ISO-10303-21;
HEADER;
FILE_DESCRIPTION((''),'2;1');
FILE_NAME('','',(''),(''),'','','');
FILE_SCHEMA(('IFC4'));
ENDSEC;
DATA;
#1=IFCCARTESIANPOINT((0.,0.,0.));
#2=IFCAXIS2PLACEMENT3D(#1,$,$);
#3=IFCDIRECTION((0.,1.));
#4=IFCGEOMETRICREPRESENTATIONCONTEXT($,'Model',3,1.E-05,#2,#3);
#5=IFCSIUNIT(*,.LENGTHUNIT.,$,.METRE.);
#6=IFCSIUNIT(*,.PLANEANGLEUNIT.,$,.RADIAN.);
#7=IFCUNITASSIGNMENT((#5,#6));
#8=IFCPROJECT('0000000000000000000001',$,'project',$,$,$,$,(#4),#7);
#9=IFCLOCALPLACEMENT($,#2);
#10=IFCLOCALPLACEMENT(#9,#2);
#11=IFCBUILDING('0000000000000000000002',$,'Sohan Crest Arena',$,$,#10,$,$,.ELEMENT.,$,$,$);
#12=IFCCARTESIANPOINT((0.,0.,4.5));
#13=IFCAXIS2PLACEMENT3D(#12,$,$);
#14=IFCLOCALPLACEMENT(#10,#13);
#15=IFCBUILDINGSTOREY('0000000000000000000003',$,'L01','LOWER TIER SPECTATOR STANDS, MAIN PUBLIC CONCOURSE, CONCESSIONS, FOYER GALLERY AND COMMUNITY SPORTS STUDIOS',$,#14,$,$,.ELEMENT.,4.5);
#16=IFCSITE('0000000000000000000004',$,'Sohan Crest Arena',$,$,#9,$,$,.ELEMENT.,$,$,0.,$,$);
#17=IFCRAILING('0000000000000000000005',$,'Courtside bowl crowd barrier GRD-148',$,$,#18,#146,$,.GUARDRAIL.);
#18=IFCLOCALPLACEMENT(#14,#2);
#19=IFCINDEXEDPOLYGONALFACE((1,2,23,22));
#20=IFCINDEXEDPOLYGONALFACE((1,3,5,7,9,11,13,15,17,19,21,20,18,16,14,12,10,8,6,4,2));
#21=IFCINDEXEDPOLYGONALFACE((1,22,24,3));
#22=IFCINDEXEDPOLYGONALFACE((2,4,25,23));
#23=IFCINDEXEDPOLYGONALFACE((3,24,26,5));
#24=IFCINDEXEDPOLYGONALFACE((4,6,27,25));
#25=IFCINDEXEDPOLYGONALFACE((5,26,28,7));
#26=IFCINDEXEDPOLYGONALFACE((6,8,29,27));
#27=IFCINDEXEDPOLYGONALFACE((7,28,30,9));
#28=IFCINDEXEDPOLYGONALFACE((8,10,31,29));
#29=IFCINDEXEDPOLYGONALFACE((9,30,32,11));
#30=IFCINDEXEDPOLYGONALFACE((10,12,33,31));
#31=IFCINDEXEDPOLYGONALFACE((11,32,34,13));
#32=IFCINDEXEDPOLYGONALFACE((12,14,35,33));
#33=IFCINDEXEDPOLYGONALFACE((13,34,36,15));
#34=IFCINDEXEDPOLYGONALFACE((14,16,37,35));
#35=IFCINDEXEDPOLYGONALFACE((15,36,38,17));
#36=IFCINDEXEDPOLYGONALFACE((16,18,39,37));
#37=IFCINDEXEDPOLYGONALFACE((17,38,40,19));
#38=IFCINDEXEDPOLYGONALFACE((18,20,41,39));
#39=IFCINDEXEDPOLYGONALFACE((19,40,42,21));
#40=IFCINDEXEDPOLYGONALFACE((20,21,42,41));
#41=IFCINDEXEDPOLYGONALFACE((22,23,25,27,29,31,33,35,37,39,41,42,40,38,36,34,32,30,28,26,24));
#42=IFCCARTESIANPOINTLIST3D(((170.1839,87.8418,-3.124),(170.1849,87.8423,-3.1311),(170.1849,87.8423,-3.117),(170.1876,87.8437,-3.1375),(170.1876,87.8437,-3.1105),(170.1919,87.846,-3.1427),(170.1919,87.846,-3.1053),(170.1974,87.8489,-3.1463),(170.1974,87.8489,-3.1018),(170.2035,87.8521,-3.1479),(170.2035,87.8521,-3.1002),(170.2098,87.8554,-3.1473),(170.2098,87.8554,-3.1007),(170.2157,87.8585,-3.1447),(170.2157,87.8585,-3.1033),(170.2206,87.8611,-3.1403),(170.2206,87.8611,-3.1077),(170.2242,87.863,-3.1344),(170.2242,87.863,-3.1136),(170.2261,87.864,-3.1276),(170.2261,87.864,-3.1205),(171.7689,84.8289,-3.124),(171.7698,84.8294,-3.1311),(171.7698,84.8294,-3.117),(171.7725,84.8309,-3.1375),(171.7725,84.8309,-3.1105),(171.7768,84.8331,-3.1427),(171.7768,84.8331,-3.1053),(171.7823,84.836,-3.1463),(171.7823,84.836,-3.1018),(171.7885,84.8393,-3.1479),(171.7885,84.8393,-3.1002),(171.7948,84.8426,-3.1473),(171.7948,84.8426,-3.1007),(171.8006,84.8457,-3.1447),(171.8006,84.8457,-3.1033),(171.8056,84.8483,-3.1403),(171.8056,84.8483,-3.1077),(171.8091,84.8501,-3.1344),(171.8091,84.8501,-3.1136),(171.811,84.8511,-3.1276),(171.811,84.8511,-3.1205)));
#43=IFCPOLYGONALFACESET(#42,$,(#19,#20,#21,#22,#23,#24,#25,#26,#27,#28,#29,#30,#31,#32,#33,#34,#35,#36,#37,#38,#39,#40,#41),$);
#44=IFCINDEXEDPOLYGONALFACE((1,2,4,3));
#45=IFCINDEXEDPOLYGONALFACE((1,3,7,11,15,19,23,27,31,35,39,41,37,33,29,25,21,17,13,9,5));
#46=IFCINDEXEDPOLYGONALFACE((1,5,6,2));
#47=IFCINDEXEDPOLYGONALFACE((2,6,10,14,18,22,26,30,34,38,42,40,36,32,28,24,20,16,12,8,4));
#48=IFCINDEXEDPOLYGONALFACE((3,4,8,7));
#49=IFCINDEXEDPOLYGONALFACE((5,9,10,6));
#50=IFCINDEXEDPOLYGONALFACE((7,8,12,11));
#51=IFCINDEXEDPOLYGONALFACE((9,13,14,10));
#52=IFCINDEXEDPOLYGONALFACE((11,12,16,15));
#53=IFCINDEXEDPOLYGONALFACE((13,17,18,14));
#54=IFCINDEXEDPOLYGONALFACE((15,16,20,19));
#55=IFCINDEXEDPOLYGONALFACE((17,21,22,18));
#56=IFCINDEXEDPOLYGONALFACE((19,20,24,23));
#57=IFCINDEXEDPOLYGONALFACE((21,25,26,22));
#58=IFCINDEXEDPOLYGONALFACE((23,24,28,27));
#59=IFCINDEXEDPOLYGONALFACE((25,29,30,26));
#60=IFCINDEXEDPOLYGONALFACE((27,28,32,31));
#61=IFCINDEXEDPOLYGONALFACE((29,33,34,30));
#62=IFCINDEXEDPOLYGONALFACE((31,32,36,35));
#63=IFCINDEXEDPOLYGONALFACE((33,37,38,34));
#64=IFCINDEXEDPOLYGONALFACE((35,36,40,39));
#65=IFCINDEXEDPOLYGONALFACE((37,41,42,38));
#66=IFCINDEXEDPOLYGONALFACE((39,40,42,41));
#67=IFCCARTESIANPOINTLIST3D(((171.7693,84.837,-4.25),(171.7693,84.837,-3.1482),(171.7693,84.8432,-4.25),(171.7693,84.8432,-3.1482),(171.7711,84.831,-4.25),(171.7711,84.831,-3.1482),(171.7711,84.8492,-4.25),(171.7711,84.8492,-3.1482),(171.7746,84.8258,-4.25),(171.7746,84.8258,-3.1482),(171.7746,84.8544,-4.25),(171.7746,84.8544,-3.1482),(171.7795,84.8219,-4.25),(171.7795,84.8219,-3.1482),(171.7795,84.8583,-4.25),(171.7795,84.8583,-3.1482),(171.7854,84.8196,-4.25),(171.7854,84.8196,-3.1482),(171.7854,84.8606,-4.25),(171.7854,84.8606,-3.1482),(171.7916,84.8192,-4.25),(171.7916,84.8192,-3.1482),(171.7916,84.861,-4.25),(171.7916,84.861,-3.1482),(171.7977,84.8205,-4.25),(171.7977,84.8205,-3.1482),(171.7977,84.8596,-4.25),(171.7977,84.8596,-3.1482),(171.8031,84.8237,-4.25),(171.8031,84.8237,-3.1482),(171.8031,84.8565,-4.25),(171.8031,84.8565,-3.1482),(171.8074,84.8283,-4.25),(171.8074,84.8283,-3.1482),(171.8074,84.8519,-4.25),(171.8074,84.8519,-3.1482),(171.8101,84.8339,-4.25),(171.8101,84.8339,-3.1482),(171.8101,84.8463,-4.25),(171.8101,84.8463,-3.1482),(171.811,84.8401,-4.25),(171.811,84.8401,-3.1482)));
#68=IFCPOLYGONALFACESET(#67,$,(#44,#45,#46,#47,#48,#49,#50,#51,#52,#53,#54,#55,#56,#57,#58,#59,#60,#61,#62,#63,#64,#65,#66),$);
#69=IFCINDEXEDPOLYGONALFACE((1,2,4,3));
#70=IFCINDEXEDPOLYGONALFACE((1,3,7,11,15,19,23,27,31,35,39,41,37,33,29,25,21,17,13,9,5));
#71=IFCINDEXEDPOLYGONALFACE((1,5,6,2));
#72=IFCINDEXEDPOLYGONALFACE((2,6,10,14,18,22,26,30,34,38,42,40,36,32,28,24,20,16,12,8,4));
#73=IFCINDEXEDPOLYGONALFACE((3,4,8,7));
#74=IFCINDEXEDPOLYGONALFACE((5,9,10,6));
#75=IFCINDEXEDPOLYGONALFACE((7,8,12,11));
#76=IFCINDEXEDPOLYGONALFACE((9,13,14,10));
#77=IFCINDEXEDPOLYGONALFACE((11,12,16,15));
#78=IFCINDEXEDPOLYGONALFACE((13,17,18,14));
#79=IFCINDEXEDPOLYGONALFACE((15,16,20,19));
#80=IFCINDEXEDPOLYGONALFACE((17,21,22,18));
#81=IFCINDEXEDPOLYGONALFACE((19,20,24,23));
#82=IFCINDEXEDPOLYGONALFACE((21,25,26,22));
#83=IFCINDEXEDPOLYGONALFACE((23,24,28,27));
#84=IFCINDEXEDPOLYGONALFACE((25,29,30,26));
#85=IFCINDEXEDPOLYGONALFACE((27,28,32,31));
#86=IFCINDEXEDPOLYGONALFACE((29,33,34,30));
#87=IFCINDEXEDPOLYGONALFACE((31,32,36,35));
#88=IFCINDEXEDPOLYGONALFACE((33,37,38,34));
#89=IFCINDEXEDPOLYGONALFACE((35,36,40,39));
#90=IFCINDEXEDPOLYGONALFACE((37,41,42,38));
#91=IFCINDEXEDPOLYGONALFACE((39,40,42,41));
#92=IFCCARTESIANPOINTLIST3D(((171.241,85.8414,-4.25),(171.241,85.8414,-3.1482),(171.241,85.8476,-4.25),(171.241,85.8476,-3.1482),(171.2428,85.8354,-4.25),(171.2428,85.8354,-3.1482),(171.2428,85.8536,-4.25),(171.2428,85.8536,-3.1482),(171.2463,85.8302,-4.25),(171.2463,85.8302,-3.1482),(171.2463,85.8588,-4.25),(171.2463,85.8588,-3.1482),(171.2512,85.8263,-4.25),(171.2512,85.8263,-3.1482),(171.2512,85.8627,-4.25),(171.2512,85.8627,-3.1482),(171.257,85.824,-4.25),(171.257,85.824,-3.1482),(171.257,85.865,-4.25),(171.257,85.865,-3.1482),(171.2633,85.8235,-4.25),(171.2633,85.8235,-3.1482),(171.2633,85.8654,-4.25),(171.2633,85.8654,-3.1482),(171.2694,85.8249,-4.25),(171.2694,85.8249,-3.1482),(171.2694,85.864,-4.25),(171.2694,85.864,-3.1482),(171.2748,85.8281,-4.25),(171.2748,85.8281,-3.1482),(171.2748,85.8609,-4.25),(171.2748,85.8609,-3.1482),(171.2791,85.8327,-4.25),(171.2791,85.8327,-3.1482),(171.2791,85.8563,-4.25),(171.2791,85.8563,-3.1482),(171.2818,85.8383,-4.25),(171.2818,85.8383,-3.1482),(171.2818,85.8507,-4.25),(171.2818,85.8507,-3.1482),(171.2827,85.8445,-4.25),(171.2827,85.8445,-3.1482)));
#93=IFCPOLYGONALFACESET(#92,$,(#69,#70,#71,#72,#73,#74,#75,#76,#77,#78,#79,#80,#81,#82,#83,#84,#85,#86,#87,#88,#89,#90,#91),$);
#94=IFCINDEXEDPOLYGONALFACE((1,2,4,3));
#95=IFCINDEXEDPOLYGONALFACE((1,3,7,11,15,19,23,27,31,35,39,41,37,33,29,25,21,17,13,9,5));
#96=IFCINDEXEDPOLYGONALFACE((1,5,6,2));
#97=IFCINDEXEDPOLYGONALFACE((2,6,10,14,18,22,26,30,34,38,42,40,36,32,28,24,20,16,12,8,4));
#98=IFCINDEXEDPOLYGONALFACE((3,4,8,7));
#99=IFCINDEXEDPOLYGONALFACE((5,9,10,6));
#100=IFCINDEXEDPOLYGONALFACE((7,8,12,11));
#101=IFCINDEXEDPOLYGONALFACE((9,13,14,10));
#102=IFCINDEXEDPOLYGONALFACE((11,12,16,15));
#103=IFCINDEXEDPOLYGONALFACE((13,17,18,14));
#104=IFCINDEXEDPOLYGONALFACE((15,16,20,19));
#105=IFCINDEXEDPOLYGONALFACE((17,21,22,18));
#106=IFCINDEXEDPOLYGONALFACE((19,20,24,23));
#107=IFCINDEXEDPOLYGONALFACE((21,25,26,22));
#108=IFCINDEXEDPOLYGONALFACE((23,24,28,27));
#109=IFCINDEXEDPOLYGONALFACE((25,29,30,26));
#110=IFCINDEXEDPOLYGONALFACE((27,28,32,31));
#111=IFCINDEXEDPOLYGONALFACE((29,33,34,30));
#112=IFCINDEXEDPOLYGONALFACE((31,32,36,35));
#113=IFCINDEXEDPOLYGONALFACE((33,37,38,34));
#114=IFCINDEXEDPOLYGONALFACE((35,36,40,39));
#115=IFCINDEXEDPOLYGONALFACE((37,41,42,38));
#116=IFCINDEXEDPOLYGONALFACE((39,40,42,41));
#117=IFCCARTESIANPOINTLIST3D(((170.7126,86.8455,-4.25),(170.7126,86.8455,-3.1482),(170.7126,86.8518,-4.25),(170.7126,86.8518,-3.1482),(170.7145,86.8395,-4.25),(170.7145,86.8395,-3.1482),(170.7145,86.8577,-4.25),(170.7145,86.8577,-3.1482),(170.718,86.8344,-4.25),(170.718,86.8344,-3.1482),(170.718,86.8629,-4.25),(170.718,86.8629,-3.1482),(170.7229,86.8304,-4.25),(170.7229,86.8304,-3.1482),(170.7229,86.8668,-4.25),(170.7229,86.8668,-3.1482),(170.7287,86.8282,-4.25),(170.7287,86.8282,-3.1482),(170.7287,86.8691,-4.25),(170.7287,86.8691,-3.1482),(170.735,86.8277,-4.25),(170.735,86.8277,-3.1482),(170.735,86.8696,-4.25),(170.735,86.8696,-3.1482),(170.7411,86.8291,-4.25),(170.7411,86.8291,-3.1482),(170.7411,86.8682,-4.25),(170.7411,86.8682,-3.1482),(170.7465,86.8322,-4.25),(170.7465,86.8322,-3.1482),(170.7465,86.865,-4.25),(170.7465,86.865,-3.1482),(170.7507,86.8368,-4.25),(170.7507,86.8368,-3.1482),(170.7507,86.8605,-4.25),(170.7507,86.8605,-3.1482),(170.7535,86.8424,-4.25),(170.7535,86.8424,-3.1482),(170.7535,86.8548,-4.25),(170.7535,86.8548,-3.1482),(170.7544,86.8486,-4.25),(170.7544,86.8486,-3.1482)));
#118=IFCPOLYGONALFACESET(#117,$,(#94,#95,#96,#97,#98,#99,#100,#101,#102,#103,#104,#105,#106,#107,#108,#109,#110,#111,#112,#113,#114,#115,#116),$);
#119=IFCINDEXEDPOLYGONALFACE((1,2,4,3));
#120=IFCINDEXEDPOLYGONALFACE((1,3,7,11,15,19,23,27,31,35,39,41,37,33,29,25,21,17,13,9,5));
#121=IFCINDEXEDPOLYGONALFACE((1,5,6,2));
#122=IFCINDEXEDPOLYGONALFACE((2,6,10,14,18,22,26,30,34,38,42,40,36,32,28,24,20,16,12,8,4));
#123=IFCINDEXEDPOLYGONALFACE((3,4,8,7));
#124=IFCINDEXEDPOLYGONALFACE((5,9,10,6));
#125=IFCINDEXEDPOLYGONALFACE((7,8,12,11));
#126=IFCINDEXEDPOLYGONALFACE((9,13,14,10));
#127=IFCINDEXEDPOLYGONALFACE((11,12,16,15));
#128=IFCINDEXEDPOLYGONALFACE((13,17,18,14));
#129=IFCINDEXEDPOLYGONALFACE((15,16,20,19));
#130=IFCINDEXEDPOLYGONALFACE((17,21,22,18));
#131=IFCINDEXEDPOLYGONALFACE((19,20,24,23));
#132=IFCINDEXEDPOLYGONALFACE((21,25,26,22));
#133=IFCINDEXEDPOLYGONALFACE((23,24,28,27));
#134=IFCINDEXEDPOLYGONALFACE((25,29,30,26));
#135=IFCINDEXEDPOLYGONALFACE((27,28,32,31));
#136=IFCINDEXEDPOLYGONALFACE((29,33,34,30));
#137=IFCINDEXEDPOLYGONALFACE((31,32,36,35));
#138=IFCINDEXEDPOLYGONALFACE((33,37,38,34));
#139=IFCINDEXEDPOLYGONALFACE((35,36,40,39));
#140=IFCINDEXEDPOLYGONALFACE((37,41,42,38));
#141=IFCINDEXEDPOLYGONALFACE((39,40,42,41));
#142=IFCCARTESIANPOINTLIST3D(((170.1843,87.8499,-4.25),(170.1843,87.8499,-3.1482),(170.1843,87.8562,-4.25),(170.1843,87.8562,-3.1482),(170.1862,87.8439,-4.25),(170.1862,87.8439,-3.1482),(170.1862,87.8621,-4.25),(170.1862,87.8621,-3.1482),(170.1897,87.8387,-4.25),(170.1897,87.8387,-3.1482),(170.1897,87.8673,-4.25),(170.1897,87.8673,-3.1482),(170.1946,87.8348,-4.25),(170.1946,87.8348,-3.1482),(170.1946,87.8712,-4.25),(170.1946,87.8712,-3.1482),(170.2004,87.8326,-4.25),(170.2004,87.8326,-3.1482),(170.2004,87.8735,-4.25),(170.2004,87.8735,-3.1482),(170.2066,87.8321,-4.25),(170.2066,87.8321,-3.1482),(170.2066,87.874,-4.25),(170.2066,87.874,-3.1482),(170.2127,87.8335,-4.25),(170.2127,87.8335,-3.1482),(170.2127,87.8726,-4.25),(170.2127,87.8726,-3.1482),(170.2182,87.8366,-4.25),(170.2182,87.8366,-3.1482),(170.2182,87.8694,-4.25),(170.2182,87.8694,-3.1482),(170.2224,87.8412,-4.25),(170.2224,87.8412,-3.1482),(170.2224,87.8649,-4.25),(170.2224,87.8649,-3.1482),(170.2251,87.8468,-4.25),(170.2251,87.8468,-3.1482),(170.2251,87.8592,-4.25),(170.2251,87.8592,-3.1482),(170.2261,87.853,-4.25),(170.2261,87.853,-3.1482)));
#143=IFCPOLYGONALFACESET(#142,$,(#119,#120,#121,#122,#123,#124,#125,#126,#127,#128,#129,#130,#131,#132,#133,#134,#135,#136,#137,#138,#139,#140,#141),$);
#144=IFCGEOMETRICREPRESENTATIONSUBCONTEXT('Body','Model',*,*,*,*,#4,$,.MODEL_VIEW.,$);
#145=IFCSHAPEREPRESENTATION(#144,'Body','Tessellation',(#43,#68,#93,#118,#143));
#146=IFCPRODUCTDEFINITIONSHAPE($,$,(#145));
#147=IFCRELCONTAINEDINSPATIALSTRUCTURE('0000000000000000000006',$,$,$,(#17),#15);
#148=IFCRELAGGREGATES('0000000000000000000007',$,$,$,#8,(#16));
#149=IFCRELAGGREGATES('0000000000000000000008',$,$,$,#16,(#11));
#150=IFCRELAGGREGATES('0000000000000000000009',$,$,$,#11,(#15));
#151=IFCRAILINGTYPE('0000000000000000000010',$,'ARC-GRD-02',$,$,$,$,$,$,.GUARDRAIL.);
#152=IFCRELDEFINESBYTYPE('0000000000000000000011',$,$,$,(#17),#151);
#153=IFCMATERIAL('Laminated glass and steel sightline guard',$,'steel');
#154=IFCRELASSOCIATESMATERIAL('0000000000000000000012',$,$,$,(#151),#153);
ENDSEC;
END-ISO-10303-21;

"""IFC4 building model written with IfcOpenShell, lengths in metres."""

from ifc_helpers import new_model, si_unit, direction, frame, origin, origin_2d, place, context, subcontext, project, spatial, circle, extrude, material, type_object, element, save


model = new_model("IFC4")

# Units and contexts
model_context = context("Model", 3, precision=1e-05, world=origin(), true_north=direction((0.0, 1.0)))
body_context = subcontext(model_context, "Body", "Model", "MODEL_VIEW")
ifc_project = project(units=[si_unit("LENGTHUNIT", "METRE"), si_unit("PLANEANGLEUNIT", "RADIAN")], contexts=[model_context])

# Site, building, storey
site_placement = place(None, origin())
site = spatial("IfcSite", under=ifc_project, at=site_placement, Name="Sohan Crest Arena", CompositionType="ELEMENT", RefElevation=0.0)
building_placement = place(site_placement, origin())
building = spatial("IfcBuilding", under=site, at=building_placement, Name="Sohan Crest Arena", CompositionType="ELEMENT")
storey_placement = place(building_placement, frame((0.0, 0.0, 4.5)))
storey = spatial("IfcBuildingStorey", under=building, at=storey_placement, Name="L01", Description="LOWER TIER SPECTATOR STANDS, MAIN PUBLIC CONCOURSE, CONCESSIONS, FOYER GALLERY AND COMMUNITY SPORTS STUDIOS", CompositionType="ELEMENT", Elevation=4.5)

# Railing
ifc_material_1 = material(Name="Laminated glass and steel sightline guard", Category="steel")
railing_type = type_object("IfcRailingType", Name="ARC-GRD-02", PredefinedType="GUARDRAIL", material=ifc_material_1)
railing_1_placement = place(storey_placement, frame((171.79, 84.8401, -4.25)))
element("IfcRailing", 1, at=railing_1_placement, inside=storey, type_object=railing_type, Name="Courtside bowl crowd barrier GRD-148", PredefinedType="GUARDRAIL", context=body_context, shape_type="SweptSolid", body=[
    extrude(circle(Radius=0.0239, at=origin_2d()), frame((0.0, 0.0, 1.126), z_axis=(-0.465563, 0.885015, 0.0), x_axis=(-0.885015, -0.465563, 0.0)), (0.0, 0.0, 1.0), 3.4043),
    extrude(circle(Radius=0.021, at=origin_2d()), origin(), (0.0, 0.0, 1.0), 1.1018),
    extrude(circle(Radius=0.021, at=origin_2d()), frame((-0.5283, 1.0044, 0.0)), (0.0, 0.0, 1.0), 1.1018),
    extrude(circle(Radius=0.021, at=origin_2d()), frame((-1.0566, 2.0085, 0.0)), (0.0, 0.0, 1.0), 1.1018),
    extrude(circle(Radius=0.021, at=origin_2d()), frame((-1.585, 3.0129, 0.0)), (0.0, 0.0, 1.0), 1.1018),
])

save(model, "model.ifc")
